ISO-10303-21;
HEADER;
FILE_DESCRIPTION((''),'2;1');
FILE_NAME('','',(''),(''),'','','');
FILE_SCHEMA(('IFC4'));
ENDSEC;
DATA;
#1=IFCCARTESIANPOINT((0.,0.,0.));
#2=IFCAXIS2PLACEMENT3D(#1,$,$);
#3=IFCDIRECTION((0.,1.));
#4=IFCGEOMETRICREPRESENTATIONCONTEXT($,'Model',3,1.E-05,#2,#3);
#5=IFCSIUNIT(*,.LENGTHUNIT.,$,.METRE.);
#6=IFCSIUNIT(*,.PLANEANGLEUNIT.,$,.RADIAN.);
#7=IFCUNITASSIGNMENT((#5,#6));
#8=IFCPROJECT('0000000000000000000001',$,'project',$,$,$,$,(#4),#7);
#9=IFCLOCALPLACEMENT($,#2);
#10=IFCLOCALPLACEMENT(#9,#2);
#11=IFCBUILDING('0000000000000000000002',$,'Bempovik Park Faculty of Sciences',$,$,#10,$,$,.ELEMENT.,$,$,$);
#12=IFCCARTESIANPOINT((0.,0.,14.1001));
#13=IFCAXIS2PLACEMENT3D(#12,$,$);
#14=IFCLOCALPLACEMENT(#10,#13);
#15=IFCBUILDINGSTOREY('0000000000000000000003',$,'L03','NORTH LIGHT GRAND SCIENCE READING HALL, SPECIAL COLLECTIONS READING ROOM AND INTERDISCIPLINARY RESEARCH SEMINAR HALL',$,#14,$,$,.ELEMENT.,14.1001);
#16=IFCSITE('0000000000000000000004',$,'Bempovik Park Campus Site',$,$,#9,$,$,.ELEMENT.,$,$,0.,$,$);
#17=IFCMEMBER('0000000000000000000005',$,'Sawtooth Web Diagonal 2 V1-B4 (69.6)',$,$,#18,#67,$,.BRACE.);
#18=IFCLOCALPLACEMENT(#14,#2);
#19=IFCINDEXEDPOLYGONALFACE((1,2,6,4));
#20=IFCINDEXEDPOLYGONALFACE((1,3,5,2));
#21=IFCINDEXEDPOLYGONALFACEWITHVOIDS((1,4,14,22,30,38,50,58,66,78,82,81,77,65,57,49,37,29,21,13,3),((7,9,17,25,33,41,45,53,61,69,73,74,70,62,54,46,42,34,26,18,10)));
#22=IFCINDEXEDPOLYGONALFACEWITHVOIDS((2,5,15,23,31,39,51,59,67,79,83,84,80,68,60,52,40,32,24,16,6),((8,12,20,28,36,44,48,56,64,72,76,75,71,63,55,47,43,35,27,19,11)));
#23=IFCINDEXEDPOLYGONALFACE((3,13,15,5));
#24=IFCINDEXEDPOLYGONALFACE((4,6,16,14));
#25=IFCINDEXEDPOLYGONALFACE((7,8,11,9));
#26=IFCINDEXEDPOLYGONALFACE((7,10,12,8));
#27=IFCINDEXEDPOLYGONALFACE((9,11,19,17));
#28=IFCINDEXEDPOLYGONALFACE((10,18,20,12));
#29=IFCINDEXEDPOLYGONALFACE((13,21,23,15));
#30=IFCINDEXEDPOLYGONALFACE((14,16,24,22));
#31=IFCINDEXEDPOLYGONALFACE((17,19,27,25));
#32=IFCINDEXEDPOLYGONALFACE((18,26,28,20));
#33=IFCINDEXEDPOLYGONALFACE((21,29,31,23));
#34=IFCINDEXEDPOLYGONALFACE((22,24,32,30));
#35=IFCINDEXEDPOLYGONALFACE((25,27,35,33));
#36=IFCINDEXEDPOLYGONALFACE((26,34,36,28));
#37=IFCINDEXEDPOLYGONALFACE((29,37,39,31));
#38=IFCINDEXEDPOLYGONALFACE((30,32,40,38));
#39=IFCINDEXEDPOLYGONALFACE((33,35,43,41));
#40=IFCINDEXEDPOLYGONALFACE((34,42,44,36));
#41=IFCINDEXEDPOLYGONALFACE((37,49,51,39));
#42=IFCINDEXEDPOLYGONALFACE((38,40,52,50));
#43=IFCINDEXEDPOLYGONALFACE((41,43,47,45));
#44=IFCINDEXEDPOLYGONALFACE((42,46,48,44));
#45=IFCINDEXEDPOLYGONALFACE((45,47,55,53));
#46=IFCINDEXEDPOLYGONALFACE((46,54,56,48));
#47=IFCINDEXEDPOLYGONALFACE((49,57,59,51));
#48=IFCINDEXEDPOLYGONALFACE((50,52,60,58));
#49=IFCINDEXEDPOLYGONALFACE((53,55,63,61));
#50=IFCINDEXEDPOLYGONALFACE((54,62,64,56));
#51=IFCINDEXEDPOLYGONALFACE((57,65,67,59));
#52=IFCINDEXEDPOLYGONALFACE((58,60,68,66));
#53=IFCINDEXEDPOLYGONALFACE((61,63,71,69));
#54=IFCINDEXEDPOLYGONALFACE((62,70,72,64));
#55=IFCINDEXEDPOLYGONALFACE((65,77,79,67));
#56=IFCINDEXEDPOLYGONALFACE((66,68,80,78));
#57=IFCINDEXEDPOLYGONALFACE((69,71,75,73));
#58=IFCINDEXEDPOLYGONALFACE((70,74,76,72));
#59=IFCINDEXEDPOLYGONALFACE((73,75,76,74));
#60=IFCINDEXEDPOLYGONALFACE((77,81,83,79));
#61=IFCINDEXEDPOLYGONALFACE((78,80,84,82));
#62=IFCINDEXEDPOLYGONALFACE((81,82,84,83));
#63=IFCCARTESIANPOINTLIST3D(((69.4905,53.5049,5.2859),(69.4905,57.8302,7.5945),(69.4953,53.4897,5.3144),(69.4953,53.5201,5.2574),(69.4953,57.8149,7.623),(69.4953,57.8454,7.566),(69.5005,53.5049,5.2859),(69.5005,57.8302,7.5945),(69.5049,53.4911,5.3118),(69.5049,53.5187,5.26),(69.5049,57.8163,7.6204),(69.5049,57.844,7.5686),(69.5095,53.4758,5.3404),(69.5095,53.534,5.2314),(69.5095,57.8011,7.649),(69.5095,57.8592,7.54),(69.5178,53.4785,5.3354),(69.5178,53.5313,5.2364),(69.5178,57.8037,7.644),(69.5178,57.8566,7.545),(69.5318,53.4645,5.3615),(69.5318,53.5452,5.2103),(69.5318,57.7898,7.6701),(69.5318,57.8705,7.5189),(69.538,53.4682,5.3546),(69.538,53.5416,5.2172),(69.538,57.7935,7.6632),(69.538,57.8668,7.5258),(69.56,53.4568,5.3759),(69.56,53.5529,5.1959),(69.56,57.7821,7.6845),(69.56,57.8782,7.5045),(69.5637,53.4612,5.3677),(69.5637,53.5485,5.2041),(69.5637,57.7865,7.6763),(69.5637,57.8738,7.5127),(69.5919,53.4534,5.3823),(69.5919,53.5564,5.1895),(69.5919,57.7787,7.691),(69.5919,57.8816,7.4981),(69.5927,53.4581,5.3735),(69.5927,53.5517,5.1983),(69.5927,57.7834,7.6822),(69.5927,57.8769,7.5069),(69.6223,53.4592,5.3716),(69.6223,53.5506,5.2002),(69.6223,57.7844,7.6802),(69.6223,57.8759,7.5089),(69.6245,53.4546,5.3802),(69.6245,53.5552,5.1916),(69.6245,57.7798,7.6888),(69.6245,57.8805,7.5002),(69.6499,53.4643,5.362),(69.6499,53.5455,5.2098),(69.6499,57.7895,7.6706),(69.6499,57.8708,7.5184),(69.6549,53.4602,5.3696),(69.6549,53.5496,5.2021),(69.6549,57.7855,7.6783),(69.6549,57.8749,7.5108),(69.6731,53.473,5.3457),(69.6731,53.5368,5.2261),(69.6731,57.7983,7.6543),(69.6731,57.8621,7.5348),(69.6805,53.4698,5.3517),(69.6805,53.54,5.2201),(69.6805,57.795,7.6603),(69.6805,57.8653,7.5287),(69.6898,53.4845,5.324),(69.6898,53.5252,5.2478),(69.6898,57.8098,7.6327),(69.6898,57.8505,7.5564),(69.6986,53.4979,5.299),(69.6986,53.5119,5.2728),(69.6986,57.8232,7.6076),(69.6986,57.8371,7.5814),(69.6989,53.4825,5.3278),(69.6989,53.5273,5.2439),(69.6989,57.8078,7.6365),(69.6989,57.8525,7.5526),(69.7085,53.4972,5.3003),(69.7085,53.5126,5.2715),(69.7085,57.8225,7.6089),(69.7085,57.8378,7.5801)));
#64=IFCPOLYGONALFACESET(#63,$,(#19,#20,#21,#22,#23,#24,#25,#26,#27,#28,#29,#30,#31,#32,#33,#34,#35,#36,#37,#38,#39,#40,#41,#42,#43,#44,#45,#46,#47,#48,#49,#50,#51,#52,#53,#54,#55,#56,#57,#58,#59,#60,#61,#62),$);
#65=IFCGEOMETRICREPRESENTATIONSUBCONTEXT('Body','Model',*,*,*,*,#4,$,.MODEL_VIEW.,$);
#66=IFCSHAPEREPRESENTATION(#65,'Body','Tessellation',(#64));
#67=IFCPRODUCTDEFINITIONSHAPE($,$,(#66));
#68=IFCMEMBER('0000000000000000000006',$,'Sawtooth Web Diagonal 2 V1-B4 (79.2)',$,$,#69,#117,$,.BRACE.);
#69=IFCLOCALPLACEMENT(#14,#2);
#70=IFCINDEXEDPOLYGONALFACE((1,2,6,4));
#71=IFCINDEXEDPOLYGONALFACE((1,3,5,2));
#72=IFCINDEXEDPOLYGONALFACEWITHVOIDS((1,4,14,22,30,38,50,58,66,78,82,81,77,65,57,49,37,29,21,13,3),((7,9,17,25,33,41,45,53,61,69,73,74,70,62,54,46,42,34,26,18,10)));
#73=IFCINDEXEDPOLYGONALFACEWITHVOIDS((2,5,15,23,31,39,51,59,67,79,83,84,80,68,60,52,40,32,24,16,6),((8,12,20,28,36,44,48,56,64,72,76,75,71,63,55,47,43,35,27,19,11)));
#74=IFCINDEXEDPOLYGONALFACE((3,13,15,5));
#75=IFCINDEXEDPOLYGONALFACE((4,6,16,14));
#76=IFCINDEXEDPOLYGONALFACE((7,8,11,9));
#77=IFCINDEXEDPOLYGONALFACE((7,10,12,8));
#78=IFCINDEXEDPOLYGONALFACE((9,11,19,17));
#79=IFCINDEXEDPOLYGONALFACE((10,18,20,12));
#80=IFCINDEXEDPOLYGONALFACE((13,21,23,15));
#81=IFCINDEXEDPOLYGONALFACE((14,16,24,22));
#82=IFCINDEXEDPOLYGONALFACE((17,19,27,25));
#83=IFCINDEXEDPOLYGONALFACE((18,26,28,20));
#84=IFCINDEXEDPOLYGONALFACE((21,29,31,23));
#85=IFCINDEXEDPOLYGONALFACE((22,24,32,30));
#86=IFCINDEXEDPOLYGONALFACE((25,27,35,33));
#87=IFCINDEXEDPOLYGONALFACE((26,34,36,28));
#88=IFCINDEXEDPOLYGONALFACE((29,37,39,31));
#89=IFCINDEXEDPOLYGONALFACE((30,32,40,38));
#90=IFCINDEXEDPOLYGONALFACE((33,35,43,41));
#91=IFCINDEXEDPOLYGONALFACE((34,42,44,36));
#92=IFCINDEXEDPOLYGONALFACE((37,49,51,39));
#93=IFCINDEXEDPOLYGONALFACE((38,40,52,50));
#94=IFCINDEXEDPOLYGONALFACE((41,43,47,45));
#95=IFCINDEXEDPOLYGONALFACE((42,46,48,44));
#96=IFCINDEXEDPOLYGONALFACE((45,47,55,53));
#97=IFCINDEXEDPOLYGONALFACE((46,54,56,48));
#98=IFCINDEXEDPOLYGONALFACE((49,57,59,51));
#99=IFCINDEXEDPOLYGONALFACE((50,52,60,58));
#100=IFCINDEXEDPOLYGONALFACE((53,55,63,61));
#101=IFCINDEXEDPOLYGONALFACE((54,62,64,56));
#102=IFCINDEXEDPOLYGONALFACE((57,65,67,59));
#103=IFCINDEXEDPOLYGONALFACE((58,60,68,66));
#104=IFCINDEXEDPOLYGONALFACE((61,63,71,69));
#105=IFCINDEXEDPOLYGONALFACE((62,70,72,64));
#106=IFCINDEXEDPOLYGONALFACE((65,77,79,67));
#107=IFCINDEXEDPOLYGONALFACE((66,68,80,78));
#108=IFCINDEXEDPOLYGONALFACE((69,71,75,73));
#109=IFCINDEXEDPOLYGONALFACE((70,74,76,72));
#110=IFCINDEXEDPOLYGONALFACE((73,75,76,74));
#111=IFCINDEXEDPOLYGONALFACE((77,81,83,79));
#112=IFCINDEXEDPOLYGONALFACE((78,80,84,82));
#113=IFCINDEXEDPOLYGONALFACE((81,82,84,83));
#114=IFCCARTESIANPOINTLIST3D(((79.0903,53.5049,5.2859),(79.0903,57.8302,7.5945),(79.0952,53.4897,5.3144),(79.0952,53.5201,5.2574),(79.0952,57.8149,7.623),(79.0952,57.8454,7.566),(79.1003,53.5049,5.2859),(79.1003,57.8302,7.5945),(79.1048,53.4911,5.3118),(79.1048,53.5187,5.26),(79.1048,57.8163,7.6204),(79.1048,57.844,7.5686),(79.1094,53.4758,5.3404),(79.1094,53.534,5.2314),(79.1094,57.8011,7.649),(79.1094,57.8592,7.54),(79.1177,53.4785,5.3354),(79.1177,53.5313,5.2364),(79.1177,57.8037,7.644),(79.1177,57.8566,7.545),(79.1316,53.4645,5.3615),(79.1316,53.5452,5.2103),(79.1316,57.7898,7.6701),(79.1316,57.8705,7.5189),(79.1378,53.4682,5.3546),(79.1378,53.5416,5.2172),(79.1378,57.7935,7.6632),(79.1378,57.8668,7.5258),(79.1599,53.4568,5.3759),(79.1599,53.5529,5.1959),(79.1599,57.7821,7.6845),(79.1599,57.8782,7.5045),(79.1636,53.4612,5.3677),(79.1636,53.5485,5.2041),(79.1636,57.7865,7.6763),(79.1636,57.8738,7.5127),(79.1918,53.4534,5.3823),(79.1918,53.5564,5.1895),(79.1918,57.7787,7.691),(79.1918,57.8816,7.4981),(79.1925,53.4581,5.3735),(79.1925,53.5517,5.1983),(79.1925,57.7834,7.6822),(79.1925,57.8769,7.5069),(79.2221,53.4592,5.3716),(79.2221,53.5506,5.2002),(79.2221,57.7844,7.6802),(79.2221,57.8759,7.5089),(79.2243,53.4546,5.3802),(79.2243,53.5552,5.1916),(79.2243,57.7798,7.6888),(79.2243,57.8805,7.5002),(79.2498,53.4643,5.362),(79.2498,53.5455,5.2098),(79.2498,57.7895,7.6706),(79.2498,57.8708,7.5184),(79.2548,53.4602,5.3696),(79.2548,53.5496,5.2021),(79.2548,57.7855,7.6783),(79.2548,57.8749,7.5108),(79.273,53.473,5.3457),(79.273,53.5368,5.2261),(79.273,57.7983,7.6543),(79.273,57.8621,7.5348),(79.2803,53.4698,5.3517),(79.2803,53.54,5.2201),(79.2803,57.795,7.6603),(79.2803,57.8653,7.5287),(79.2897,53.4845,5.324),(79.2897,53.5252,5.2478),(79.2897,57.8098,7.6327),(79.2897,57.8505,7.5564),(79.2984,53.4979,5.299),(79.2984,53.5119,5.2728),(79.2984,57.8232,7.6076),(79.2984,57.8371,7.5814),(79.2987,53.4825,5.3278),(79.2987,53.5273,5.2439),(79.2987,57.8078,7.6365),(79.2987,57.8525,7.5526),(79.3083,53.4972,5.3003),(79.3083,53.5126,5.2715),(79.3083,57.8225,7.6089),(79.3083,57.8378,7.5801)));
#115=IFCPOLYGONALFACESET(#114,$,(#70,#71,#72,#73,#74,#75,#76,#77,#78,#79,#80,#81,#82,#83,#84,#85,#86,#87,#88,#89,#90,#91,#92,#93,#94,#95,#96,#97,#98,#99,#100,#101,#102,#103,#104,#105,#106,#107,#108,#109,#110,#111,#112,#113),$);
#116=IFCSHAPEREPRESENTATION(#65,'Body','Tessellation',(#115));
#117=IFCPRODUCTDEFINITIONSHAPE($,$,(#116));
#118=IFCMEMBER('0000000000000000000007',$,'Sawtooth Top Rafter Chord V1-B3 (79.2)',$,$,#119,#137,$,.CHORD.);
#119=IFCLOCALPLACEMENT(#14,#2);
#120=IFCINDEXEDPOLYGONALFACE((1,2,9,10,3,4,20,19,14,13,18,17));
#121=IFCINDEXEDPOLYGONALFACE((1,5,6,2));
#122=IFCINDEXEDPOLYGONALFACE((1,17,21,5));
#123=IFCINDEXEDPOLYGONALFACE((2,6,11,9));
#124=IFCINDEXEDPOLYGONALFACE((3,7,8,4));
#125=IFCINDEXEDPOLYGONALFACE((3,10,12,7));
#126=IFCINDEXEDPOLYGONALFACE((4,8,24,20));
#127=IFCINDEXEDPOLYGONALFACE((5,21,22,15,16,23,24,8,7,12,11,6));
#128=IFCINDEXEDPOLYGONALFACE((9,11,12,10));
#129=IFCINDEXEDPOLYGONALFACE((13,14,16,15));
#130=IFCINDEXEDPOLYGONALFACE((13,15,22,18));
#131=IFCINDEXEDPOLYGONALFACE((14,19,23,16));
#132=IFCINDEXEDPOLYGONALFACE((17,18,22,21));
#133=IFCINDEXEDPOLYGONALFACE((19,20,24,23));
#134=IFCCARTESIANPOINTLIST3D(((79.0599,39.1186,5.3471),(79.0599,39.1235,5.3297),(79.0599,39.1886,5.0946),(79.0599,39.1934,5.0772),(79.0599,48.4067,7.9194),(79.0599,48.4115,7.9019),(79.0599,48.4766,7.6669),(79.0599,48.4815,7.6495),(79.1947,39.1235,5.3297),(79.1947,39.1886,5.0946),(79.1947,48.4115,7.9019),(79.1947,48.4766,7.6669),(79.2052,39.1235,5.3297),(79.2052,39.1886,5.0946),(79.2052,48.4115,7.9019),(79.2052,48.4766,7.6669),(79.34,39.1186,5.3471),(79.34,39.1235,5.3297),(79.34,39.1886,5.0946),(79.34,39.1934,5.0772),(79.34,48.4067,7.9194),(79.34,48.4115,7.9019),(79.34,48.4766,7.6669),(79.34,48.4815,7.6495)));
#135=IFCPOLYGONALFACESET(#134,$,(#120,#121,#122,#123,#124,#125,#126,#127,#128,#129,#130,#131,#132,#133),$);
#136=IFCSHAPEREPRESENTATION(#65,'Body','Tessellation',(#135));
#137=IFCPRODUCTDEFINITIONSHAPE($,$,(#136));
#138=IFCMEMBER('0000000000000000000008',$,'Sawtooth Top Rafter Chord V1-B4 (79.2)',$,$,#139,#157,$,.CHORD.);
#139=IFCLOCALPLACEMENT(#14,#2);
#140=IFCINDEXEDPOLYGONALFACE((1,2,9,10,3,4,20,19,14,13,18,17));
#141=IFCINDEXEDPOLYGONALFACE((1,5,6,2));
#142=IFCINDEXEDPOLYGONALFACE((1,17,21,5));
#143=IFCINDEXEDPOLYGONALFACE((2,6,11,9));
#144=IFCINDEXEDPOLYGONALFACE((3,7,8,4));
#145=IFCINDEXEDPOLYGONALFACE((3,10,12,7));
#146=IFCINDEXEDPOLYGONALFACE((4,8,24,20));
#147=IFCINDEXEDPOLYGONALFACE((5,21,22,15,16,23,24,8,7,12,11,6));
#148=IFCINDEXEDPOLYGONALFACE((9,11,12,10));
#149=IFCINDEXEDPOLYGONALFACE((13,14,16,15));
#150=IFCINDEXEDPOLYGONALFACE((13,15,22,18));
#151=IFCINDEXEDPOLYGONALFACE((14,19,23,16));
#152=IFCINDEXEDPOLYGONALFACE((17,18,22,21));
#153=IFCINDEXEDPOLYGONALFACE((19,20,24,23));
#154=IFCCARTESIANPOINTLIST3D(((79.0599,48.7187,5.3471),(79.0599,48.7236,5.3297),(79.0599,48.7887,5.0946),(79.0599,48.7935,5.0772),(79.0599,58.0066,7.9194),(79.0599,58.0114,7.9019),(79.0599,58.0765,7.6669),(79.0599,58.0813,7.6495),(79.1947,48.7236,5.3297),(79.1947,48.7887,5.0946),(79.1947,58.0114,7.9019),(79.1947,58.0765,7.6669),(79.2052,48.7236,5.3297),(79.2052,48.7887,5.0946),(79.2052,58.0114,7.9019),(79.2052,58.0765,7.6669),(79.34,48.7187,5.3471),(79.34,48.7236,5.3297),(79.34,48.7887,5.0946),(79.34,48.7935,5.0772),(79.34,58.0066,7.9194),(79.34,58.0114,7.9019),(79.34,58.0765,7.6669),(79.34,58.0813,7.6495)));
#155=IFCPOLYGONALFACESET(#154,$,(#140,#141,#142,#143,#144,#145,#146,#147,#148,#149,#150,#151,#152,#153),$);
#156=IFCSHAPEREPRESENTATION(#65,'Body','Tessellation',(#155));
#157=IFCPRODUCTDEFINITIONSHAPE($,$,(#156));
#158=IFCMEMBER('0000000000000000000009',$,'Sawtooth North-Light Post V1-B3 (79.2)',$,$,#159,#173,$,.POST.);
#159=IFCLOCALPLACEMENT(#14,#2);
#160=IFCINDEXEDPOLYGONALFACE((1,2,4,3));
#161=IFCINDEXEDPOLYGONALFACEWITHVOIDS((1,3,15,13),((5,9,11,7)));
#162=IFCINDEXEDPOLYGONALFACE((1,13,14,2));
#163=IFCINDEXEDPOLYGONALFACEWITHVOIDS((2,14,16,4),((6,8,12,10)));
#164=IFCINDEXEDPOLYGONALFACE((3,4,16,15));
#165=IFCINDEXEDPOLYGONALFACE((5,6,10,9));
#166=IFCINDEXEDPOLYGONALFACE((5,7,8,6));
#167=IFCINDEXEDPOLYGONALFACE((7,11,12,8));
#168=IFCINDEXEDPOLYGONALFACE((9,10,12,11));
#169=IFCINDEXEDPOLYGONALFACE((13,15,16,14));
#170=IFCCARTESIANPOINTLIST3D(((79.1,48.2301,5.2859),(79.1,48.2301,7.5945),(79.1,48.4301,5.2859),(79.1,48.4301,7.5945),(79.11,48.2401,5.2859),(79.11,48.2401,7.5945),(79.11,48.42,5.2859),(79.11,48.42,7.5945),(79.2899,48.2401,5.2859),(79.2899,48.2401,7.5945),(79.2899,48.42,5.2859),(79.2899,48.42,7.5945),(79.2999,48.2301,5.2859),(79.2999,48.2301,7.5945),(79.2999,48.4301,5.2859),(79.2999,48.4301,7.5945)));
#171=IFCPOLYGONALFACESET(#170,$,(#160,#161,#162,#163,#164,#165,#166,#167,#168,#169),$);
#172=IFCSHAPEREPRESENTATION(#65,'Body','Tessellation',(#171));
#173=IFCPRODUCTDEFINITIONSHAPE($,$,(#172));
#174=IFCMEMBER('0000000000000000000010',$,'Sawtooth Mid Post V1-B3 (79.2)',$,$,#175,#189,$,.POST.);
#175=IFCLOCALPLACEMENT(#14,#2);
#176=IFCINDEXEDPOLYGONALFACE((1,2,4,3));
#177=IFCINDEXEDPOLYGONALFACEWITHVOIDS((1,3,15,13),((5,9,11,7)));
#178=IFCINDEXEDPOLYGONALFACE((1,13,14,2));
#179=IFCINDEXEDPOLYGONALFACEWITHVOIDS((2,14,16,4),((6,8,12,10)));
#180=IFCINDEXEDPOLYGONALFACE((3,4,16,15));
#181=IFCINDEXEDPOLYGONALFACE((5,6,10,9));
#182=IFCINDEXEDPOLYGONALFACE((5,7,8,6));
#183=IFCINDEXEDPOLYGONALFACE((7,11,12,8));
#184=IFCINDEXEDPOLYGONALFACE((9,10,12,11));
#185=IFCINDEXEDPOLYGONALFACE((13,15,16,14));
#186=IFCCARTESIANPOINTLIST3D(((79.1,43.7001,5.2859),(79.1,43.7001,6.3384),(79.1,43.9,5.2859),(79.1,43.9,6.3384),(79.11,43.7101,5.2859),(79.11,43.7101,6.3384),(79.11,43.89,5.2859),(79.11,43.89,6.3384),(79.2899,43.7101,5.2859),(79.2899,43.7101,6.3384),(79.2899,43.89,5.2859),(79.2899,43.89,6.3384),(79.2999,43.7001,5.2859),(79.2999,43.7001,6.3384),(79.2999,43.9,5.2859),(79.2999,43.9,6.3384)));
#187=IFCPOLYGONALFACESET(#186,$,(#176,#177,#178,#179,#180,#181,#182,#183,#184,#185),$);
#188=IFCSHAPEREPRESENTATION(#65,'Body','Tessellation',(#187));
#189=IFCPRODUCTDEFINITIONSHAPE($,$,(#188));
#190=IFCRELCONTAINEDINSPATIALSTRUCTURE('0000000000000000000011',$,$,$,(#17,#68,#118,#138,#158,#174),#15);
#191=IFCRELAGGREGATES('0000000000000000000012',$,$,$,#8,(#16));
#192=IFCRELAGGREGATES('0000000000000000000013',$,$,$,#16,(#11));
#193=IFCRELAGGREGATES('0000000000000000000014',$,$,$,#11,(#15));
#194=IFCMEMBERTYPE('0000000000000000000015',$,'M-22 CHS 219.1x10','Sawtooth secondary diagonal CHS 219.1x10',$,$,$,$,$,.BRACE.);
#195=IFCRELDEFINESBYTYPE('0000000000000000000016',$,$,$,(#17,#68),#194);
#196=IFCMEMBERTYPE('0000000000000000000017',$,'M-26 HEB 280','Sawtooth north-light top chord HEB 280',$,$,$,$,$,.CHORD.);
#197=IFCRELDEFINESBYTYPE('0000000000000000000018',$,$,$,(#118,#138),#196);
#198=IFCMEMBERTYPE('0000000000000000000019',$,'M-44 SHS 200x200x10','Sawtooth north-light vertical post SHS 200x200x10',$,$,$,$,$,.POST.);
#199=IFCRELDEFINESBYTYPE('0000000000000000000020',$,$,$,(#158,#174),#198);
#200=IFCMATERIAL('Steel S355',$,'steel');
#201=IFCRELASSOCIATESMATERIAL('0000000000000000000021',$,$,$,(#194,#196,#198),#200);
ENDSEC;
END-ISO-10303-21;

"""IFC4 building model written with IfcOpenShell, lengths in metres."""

from ifc_helpers import new_model, si_unit, direction, frame, origin, origin_2d, place, context, subcontext, project, spatial, hollow_rectangle, hollow_circle, i_section, extrude, material, material_profile, profile_set, type_object, element, save


model = new_model("IFC4")

# Units and contexts
model_context = context("Model", 3, precision=1e-05, world=origin(), true_north=direction((0.0, 1.0)))
body_context = subcontext(model_context, "Body", "Model", "MODEL_VIEW")
ifc_project = project(units=[si_unit("LENGTHUNIT", "METRE"), si_unit("PLANEANGLEUNIT", "RADIAN")], contexts=[model_context])

# Site, building, storey
site_placement = place(None, origin())
site = spatial("IfcSite", under=ifc_project, at=site_placement, Name="Bempovik Park Campus Site", CompositionType="ELEMENT", RefElevation=0.0)
building_placement = place(site_placement, origin())
building = spatial("IfcBuilding", under=site, at=building_placement, Name="Bempovik Park Faculty of Sciences", CompositionType="ELEMENT")
storey_placement = place(building_placement, frame((0.0, 0.0, 14.1001)))
storey = spatial("IfcBuildingStorey", under=building, at=storey_placement, Name="L03", Description="NORTH LIGHT GRAND SCIENCE READING HALL, SPECIAL COLLECTIONS READING ROOM AND INTERDISCIPLINARY RESEARCH SEMINAR HALL", CompositionType="ELEMENT", Elevation=14.1001)

# Shared definitions
ifc_material_1 = material(Name="Steel S355", Category="steel")

# Members
ifc_material_profile_1 = material_profile(ifc_material_1, hollow_circle(Radius=0.1096, WallThickness=0.01, at=origin_2d()), Name="CHS 219.1x10")
ifc_profile_set_1 = profile_set([ifc_material_profile_1], Name="Steel S355")
member_type_1 = type_object("IfcMemberType", Name="M-22 CHS 219.1x10", Description="Sawtooth secondary diagonal CHS 219.1x10", PredefinedType="BRACE", material=ifc_profile_set_1)
for number, where, z_axis, x_axis, name in (
    (1, (69.6001, 53.5049, 5.2859), (0.0, 0.882199, 0.470878), (-1.0, 0.0, 0.0), "Sawtooth Web Diagonal 2 V1-B4 (69.6)"),
    (2, (79.2, 53.5049, 5.2859), (0.0, 0.882199, 0.470878), (-1.0, 0.0, 0.0), "Sawtooth Web Diagonal 2 V1-B4 (79.2)"),
):
    element("IfcMember", number, at=place(storey_placement, frame(where, z_axis=z_axis, x_axis=x_axis)), inside=storey, type_object=member_type_1, Name=name, PredefinedType="BRACE", context=body_context, shape_type="SweptSolid", body=[
        extrude(hollow_circle(Radius=0.1096, WallThickness=0.01, at=origin_2d()), origin(), (0.0, 0.0, 1.0), 4.9028),
    ])
ifc_material_profile_2 = material_profile(ifc_material_1, i_section(OverallWidth=0.28, OverallDepth=0.28, WebThickness=0.0105, FlangeThickness=0.0181, at=origin_2d()), Name="HEB 280")
ifc_profile_set_2 = profile_set([ifc_material_profile_2], Name="Steel S355")
member_type_2 = type_object("IfcMemberType", Name="M-26 HEB 280", Description="Sawtooth north-light top chord HEB 280", PredefinedType="CHORD", material=ifc_profile_set_2)
member_1_placement = place(storey_placement, frame((79.2, 39.156, 5.2122), z_axis=(0.0, 0.963725, 0.266896), x_axis=(-1.0, 0.0, 0.0)))
element("IfcMember", 3, at=member_1_placement, inside=storey, type_object=member_type_2, Name="Sawtooth Top Rafter Chord V1-B3 (79.2)", PredefinedType="CHORD", context=body_context, shape_type="SweptSolid", body=[
    extrude(i_section(OverallWidth=0.28, OverallDepth=0.28, WebThickness=0.0105, FlangeThickness=0.0181, at=origin_2d()), origin(), (0.0, 0.0, 1.0), 9.6377),
])
member_2_placement = place(storey_placement, frame((79.2, 48.7561, 5.2122), z_axis=(0.0, 0.963723, 0.266903), x_axis=(-1.0, 0.0, 0.0)))
element("IfcMember", 4, at=member_2_placement, inside=storey, type_object=member_type_2, Name="Sawtooth Top Rafter Chord V1-B4 (79.2)", PredefinedType="CHORD", context=body_context, shape_type="SweptSolid", body=[
    extrude(i_section(OverallWidth=0.28, OverallDepth=0.28, WebThickness=0.0105, FlangeThickness=0.0181, at=origin_2d()), origin(), (0.0, 0.0, 1.0), 9.6375),
])
ifc_material_profile_3 = material_profile(ifc_material_1, hollow_rectangle(XDim=0.2, YDim=0.2, WallThickness=0.01, at=origin_2d()), Name="SHS 200x200x10")
ifc_profile_set_3 = profile_set([ifc_material_profile_3], Name="Steel S355")
member_type_3 = type_object("IfcMemberType", Name="M-44 SHS 200x200x10", Description="Sawtooth north-light vertical post SHS 200x200x10", PredefinedType="POST", material=ifc_profile_set_3)
member_3_placement = place(storey_placement, frame((79.2, 48.3301, 5.2859), z_axis=(0.0, 0.0, 1.0), x_axis=(1.0, 0.0, 0.0)))
element("IfcMember", 5, at=member_3_placement, inside=storey, type_object=member_type_3, Name="Sawtooth North-Light Post V1-B3 (79.2)", PredefinedType="POST", context=body_context, shape_type="SweptSolid", body=[
    extrude(hollow_rectangle(XDim=0.2, YDim=0.2, WallThickness=0.01, at=origin_2d()), origin(), (0.0, 0.0, 1.0), 2.3086),
])
for number, where, z_axis, x_axis, name in (
    (6, (79.2, 43.8, 5.2859), (0.0, 0.0, 1.0), (1.0, 0.0, 0.0), "Sawtooth Mid Post V1-B3 (79.2)"),
):
    element("IfcMember", number, at=place(storey_placement, frame(where, z_axis=z_axis, x_axis=x_axis)), inside=storey, type_object=member_type_3, Name=name, PredefinedType="POST", context=body_context, shape_type="SweptSolid", body=[
        extrude(hollow_rectangle(XDim=0.2, YDim=0.2, WallThickness=0.01, at=origin_2d()), origin(), (0.0, 0.0, 1.0), 1.0525),
    ])

save(model, "model.ifc")
